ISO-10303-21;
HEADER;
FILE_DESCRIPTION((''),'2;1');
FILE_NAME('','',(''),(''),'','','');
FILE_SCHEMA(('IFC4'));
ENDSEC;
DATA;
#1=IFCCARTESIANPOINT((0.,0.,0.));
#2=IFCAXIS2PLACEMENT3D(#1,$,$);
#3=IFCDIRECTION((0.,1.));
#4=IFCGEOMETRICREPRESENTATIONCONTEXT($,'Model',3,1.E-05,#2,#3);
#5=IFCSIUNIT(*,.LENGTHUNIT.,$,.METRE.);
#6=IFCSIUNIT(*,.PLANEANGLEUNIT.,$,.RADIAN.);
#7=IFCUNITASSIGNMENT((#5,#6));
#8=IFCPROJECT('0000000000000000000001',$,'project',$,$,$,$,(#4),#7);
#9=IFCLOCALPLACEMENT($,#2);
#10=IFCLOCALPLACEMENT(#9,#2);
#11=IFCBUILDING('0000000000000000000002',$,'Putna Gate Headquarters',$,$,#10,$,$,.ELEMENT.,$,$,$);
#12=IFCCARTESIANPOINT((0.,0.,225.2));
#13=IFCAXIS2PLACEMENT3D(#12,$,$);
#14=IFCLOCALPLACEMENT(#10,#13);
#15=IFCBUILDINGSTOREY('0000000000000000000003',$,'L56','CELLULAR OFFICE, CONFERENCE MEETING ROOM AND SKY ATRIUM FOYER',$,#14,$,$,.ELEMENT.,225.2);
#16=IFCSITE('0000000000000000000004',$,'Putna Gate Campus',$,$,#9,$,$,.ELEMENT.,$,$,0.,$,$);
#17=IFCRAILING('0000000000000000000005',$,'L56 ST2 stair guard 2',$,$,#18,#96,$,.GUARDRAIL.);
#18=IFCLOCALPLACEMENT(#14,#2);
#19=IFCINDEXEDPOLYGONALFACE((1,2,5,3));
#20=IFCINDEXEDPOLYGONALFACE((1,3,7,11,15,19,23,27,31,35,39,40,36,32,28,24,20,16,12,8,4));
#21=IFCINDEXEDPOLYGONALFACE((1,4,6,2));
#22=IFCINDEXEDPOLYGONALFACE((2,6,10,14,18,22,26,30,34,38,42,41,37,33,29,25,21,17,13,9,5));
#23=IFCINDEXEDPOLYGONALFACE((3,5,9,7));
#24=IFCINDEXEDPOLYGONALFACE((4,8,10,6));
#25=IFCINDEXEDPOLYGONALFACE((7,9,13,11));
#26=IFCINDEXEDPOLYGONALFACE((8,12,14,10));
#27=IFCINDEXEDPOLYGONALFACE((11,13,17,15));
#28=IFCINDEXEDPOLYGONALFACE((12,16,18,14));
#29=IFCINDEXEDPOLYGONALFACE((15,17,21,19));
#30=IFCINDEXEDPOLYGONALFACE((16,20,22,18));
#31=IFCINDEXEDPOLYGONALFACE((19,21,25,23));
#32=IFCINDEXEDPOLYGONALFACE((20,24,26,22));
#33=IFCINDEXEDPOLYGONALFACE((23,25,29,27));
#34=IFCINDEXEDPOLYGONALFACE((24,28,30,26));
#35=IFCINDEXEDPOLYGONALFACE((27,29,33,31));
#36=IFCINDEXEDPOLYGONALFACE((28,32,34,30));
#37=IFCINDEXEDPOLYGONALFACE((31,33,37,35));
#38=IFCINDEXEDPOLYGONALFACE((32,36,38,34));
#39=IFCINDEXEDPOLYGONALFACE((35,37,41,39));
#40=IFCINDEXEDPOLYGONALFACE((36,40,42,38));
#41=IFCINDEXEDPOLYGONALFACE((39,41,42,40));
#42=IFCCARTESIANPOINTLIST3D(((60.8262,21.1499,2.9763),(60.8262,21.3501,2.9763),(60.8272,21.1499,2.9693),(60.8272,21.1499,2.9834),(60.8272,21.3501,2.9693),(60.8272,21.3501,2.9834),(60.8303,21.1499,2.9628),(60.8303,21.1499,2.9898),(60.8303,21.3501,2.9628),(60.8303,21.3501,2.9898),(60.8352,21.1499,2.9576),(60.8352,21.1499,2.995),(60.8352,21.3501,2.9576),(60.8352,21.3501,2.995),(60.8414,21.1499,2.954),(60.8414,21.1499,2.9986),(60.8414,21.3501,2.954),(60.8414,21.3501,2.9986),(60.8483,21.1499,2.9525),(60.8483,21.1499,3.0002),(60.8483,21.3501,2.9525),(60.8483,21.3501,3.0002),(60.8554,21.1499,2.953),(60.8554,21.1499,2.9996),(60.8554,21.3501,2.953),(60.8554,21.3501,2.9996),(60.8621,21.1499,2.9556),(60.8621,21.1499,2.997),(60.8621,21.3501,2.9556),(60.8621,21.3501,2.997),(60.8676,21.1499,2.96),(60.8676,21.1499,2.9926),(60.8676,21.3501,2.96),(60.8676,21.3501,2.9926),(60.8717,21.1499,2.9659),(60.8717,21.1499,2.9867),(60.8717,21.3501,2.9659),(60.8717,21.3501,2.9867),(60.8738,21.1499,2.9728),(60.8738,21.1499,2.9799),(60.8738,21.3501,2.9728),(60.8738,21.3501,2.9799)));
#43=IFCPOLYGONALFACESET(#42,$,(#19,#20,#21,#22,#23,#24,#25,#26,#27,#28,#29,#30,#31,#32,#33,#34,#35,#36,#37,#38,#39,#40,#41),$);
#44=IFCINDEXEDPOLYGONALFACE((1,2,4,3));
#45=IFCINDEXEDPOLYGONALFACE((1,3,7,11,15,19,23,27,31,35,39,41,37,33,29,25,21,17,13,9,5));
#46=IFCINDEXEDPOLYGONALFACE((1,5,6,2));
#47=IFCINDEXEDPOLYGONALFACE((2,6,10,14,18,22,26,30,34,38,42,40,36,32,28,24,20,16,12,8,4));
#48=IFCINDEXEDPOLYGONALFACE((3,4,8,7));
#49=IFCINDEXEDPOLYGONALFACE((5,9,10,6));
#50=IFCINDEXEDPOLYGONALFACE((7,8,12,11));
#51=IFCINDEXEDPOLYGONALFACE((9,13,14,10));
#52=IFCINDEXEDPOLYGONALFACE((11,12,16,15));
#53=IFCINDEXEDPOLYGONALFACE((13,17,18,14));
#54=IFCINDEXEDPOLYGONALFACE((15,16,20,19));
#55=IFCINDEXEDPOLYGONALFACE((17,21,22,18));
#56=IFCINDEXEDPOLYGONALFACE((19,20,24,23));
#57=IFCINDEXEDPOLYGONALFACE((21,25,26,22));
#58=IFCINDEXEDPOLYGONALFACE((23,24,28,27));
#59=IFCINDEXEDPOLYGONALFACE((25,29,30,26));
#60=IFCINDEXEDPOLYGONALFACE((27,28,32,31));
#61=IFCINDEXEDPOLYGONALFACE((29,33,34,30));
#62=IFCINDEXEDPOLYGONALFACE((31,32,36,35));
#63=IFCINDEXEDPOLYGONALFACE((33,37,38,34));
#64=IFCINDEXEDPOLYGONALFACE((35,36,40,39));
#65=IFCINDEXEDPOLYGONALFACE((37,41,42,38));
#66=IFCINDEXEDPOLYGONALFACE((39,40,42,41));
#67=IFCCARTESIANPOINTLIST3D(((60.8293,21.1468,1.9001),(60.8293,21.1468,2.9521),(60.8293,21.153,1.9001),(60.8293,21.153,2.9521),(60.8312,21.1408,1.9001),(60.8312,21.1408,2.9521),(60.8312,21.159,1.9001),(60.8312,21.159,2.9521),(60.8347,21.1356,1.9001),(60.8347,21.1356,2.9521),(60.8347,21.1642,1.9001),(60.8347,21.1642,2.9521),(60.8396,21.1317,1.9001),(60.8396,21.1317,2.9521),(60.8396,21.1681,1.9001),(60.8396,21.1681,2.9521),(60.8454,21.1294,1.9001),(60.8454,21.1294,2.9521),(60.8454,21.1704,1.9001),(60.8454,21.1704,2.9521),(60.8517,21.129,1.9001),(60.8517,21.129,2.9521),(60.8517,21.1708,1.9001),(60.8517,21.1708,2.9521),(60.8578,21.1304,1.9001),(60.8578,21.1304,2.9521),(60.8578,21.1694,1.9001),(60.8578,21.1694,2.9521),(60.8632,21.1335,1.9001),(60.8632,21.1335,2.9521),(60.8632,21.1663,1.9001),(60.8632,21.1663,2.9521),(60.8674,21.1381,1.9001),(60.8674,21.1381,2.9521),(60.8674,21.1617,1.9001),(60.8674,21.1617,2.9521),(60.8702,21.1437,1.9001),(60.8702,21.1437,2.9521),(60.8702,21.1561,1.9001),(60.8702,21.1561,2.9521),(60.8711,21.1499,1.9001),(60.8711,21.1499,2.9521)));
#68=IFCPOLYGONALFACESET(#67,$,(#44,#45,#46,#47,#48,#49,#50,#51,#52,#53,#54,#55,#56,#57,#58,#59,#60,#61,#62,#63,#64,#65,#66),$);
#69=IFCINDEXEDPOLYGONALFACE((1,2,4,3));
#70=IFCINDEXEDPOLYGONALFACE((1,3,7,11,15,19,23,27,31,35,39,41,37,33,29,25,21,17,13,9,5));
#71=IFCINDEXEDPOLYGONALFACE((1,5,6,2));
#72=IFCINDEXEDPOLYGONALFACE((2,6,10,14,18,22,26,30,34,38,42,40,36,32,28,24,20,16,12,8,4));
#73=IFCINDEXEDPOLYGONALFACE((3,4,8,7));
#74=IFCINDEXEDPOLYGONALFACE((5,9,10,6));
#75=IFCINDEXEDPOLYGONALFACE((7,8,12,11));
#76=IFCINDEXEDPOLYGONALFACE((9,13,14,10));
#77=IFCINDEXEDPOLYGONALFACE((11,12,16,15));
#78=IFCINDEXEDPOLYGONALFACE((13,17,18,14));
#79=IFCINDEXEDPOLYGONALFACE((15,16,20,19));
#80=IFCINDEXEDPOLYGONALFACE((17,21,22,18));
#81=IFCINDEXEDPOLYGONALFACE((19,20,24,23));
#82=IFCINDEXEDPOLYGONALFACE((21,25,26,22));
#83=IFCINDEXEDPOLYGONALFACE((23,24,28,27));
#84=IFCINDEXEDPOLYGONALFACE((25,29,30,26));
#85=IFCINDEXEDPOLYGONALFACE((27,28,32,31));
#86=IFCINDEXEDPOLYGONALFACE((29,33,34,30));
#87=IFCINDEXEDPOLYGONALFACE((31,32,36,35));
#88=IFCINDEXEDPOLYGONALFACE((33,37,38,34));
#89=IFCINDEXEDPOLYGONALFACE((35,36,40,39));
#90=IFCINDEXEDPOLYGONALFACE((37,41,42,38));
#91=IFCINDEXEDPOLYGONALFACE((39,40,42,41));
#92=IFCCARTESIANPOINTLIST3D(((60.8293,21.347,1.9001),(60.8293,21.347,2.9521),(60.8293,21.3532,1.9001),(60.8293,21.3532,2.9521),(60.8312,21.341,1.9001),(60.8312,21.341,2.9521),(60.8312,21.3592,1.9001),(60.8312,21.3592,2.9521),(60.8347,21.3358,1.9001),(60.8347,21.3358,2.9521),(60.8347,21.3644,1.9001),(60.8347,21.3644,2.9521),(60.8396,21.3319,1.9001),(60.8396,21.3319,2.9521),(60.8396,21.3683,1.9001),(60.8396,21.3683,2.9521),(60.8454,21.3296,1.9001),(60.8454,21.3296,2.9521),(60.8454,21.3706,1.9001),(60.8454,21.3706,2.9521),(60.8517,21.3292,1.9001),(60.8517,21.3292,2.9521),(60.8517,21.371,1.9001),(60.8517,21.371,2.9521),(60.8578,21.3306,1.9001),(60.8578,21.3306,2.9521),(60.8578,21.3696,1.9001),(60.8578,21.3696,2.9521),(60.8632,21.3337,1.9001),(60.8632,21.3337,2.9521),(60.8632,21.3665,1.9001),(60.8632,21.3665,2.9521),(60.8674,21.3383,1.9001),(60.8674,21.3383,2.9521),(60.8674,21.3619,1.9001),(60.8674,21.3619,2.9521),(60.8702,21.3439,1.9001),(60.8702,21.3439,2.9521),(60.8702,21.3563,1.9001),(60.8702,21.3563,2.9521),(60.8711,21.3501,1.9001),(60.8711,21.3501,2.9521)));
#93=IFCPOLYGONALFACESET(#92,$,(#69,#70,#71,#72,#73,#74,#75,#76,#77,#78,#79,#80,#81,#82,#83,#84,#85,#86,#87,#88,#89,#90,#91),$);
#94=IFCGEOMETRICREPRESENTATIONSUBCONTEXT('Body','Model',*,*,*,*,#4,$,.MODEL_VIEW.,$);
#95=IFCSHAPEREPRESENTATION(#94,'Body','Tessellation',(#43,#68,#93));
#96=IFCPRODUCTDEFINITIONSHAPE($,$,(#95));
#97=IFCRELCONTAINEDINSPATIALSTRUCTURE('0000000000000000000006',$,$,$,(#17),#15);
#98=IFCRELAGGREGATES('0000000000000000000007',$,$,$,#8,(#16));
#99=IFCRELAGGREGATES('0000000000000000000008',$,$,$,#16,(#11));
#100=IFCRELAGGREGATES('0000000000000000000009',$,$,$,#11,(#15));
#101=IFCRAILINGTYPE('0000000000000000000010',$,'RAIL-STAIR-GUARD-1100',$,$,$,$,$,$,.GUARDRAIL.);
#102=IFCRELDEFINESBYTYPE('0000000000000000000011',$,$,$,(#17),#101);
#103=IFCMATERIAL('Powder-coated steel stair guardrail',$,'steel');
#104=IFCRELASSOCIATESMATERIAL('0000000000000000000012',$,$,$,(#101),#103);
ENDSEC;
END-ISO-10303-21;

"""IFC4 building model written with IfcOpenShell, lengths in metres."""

from ifc_helpers import new_model, si_unit, direction, frame, origin, origin_2d, place, context, subcontext, project, spatial, circle, extrude, material, type_object, element, save


model = new_model("IFC4")

# Units and contexts
model_context = context("Model", 3, precision=1e-05, world=origin(), true_north=direction((0.0, 1.0)))
body_context = subcontext(model_context, "Body", "Model", "MODEL_VIEW")
ifc_project = project(units=[si_unit("LENGTHUNIT", "METRE"), si_unit("PLANEANGLEUNIT", "RADIAN")], contexts=[model_context])

# Site, building, storey
site_placement = place(None, origin())
site = spatial("IfcSite", under=ifc_project, at=site_placement, Name="Putna Gate Campus", CompositionType="ELEMENT", RefElevation=0.0)
building_placement = place(site_placement, origin())
building = spatial("IfcBuilding", under=site, at=building_placement, Name="Putna Gate Headquarters", CompositionType="ELEMENT")
storey_placement = place(building_placement, frame((0.0, 0.0, 225.2)))
storey = spatial("IfcBuildingStorey", under=building, at=storey_placement, Name="L56", Description="CELLULAR OFFICE, CONFERENCE MEETING ROOM AND SKY ATRIUM FOYER", CompositionType="ELEMENT", Elevation=225.2)

# Railing
ifc_material_1 = material(Name="Powder-coated steel stair guardrail", Category="steel")
railing_type_1 = type_object("IfcRailingType", Name="RAIL-STAIR-GUARD-1100", PredefinedType="GUARDRAIL", material=ifc_material_1)
railing_1_placement = place(storey_placement, frame((60.8501, 21.1499, 1.9001)))
element("IfcRailing", 1, at=railing_1_placement, inside=storey, type_object=railing_type_1, Name="L56 ST2 stair guard 2", PredefinedType="GUARDRAIL", context=body_context, shape_type="SweptSolid", body=[
    extrude(circle(Radius=0.0239, at=origin_2d()), frame((0.0, 0.0, 1.0762), z_axis=(0.0, 1.0, 0.0), x_axis=(-1.0, 0.0, 0.0)), (0.0, 0.0, 1.0), 0.2002),
    extrude(circle(Radius=0.021, at=origin_2d()), origin(), (0.0, 0.0, 1.0), 1.052),
    extrude(circle(Radius=0.021, at=origin_2d()), frame((0.0, 0.2002, 0.0)), (0.0, 0.0, 1.0), 1.052),
])

save(model, "model.ifc")
